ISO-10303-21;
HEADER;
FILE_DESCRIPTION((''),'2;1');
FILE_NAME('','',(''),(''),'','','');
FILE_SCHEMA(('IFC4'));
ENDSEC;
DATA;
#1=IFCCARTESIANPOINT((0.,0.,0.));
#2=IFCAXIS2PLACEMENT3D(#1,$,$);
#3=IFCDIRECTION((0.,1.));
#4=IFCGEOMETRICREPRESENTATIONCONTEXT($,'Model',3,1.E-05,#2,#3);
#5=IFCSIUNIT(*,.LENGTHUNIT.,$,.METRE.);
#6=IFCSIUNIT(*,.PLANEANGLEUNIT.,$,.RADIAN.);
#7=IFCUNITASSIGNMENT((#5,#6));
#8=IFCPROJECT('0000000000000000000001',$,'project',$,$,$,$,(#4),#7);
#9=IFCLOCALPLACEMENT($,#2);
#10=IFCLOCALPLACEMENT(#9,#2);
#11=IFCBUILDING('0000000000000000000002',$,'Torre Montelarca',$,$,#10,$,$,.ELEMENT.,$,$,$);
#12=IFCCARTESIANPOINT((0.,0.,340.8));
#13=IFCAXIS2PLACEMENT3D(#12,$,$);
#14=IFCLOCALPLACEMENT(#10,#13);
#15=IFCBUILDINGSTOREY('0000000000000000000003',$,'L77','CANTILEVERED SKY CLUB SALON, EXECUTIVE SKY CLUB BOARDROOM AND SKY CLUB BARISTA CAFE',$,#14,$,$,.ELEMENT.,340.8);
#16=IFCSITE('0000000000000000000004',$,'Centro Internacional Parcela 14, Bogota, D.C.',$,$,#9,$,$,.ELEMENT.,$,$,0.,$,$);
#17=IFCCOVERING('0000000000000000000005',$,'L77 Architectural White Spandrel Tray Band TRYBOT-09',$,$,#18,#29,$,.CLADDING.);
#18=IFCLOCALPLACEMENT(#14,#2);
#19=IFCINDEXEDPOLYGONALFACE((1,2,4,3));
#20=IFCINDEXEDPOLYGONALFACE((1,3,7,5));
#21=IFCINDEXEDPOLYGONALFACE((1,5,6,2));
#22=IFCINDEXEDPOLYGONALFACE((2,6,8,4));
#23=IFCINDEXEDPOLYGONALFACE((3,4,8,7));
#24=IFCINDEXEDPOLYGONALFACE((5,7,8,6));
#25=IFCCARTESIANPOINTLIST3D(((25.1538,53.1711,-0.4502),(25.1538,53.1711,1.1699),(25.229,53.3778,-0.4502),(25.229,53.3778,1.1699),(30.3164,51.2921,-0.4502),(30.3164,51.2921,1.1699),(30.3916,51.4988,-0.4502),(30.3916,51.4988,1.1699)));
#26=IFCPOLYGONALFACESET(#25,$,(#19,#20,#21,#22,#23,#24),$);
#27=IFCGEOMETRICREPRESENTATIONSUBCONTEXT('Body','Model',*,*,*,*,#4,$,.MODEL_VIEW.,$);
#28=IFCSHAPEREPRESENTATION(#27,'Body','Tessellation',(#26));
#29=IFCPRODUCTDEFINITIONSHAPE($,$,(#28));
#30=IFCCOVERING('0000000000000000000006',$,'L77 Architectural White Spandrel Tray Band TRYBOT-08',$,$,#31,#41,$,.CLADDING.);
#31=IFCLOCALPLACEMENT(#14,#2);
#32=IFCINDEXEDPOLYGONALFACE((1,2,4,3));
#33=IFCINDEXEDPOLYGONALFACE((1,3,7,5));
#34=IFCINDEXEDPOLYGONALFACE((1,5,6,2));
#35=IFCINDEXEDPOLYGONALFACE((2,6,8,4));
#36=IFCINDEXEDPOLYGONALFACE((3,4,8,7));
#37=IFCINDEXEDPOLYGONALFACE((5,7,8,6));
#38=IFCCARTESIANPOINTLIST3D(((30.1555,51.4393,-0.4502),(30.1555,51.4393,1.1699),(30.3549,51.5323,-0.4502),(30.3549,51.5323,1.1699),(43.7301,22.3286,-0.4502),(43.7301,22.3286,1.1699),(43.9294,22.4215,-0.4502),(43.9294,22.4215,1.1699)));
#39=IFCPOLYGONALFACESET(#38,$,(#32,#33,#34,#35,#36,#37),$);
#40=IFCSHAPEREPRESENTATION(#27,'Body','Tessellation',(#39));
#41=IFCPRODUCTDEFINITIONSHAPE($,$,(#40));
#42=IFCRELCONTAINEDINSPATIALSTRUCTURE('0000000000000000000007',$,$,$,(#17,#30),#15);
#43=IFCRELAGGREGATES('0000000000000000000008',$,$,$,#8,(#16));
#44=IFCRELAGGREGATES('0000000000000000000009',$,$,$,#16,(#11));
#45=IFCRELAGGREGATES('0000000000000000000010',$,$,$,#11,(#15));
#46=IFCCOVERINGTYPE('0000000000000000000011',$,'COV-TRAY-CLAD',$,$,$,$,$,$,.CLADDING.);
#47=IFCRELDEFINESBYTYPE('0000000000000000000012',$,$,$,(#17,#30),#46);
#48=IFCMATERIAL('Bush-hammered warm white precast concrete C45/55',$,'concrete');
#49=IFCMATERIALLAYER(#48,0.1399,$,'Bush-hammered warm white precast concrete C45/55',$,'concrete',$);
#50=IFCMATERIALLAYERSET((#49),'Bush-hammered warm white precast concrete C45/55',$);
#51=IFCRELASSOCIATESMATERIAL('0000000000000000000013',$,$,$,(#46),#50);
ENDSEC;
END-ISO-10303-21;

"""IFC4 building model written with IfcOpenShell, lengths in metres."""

from ifc_helpers import new_model, si_unit, direction, frame, origin, origin_2d, place, context, subcontext, project, spatial, rectangle, extrude, source, transform, mapped, material, layer, layer_set, type_object, element, save


model = new_model("IFC4")

# Units and contexts
model_context = context("Model", 3, precision=1e-05, world=origin(), true_north=direction((0.0, 1.0)))
body_context = subcontext(model_context, "Body", "Model", "MODEL_VIEW")
ifc_project = project(units=[si_unit("LENGTHUNIT", "METRE"), si_unit("PLANEANGLEUNIT", "RADIAN")], contexts=[model_context])

# Site, building, storey
site_placement = place(None, origin())
site = spatial("IfcSite", under=ifc_project, at=site_placement, Name="Centro Internacional Parcela 14, Bogota, D.C.", CompositionType="ELEMENT", RefElevation=0.0)
building_placement = place(site_placement, origin())
building = spatial("IfcBuilding", under=site, at=building_placement, Name="Torre Montelarca", CompositionType="ELEMENT")
storey_placement = place(building_placement, frame((0.0, 0.0, 340.8)))
storey = spatial("IfcBuildingStorey", under=building, at=storey_placement, Name="L77", Description="CANTILEVERED SKY CLUB SALON, EXECUTIVE SKY CLUB BOARDROOM AND SKY CLUB BARISTA CAFE", CompositionType="ELEMENT", Elevation=340.8)

# Coverings
ifc_material_1 = material(Name="Bush-hammered warm white precast concrete C45/55", Category="concrete")
ifc_layer_1 = layer(ifc_material_1, 0.1399, Name="Bush-hammered warm white precast concrete C45/55", Category="concrete")
ifc_layer_set_1 = layer_set([ifc_layer_1], Name="Bush-hammered warm white precast concrete C45/55")
covering_type = type_object("IfcCoveringType", Name="COV-TRAY-CLAD", PredefinedType="CLADDING", material=ifc_layer_set_1)
shared_shape_1 = source(origin(), body_context, "Body", "SweptSolid", [
    extrude(rectangle(XDim=5.4939, YDim=0.22, at=origin_2d()), origin(), (0.0, 0.0, 1.0), 1.6201),
])
covering_1_placement = place(storey_placement, frame((27.7727, 52.335, -0.4502), z_axis=(0.0, 0.0, 1.0), x_axis=(-0.939693, 0.342019, 0.0)))
element("IfcCovering", 1, at=covering_1_placement, inside=storey, type_object=covering_type, Name="L77 Architectural White Spandrel Tray Band TRYBOT-09", PredefinedType="CLADDING", context=body_context, shape_type="MappedRepresentation", body=[
    mapped(shared_shape_1, transform((0.0, 0.0, 0.0), scale=1.0)),
])
shared_shape_2 = source(origin(), body_context, "Body", "SweptSolid", [
    extrude(rectangle(XDim=32.1201, YDim=0.22, at=origin_2d()), origin(), (0.0, 0.0, 1.0), 1.6201),
])
covering_2_placement = place(storey_placement, frame((37.0425, 36.9304, -0.4502), z_axis=(0.0, 0.0, 1.0), x_axis=(-0.422618, 0.906308, 0.0)))
element("IfcCovering", 2, at=covering_2_placement, inside=storey, type_object=covering_type, Name="L77 Architectural White Spandrel Tray Band TRYBOT-08", PredefinedType="CLADDING", context=body_context, shape_type="MappedRepresentation", body=[
    mapped(shared_shape_2, transform((0.0, 0.0, 0.0), scale=1.0)),
])

save(model, "model.ifc")
